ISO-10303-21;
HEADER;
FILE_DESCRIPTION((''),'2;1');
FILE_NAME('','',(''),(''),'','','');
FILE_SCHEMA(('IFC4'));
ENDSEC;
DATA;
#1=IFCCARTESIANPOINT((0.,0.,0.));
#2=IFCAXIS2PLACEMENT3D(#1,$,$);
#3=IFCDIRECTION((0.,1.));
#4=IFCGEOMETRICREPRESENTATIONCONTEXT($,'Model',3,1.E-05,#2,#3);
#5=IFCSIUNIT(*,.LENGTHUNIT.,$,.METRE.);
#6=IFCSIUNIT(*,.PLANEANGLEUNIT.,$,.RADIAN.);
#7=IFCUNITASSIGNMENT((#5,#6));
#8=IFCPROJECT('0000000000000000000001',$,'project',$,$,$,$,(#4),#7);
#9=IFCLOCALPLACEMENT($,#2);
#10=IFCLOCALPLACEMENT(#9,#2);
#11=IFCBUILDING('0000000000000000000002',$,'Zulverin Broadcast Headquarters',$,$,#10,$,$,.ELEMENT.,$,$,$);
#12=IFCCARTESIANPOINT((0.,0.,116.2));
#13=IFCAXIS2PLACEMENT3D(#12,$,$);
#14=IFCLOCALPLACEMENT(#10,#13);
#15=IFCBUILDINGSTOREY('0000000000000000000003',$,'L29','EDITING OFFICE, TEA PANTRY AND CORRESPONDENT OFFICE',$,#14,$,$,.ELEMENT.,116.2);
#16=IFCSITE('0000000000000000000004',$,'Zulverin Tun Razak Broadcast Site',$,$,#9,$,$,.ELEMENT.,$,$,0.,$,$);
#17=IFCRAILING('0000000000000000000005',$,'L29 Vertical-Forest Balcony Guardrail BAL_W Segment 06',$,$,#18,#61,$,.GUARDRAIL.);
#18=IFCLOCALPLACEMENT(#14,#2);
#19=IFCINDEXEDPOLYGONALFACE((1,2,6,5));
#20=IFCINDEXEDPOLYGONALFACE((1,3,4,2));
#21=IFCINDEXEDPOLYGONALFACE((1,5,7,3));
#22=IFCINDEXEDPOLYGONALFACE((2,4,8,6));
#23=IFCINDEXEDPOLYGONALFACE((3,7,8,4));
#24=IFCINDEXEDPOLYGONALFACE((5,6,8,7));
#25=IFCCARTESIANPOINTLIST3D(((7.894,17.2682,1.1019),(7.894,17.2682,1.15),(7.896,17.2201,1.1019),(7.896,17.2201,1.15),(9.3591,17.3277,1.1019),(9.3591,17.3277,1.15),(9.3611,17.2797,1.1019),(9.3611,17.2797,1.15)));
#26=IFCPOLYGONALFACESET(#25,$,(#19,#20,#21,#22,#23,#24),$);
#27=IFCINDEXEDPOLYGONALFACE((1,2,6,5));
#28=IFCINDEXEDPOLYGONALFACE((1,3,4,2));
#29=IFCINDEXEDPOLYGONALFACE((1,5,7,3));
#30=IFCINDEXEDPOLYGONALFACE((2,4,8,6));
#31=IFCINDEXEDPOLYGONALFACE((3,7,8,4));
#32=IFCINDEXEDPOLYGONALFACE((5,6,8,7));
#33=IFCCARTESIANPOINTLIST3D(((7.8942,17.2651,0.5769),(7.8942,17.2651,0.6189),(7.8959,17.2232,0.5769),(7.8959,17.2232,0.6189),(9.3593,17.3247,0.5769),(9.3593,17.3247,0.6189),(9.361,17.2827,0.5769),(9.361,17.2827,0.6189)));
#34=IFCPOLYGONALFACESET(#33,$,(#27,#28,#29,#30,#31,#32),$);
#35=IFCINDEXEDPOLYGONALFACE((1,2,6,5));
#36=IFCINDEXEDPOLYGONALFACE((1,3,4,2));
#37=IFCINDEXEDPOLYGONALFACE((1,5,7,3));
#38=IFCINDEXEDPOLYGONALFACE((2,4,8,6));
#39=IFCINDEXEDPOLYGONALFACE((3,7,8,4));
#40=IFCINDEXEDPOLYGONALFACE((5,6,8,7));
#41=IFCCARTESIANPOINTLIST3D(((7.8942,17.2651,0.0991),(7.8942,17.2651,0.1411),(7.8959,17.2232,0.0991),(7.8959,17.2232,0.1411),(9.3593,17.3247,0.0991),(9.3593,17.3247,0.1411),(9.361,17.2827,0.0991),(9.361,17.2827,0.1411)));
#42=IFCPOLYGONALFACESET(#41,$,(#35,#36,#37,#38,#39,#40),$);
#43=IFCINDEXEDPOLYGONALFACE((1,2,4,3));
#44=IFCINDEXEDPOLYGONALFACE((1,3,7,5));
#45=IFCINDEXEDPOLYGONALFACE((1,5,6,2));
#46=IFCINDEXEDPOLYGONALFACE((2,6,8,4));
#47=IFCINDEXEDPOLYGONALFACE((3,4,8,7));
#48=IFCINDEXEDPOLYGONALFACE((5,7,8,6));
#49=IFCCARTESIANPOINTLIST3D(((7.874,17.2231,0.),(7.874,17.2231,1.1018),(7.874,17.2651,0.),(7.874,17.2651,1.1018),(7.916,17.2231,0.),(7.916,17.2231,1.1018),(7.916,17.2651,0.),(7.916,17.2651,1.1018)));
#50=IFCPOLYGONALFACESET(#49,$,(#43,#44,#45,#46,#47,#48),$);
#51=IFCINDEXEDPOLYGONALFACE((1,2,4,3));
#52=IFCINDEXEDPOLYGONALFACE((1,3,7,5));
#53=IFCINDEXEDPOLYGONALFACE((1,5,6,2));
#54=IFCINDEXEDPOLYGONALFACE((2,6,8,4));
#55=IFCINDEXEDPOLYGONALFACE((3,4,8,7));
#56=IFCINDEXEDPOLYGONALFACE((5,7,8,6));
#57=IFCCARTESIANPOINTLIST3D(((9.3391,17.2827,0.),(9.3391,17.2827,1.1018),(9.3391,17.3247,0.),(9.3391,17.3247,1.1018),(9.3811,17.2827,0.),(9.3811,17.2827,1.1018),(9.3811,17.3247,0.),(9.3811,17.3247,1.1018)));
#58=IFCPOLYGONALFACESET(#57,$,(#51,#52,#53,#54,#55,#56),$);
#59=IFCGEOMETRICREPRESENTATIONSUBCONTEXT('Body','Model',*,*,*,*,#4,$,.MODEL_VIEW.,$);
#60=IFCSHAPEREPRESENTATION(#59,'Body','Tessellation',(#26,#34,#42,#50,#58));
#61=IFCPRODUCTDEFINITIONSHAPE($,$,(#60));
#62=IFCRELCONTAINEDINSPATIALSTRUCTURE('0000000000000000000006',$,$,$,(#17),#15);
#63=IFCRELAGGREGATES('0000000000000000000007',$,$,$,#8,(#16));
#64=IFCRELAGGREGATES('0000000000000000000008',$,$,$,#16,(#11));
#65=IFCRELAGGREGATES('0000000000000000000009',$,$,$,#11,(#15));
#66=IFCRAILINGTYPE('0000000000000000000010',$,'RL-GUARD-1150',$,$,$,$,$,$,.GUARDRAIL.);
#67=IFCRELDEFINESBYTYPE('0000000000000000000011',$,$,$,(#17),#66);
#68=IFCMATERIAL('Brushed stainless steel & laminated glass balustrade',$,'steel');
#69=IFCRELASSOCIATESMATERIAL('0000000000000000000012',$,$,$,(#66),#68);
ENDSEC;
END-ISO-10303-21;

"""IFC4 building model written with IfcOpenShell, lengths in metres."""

from ifc_helpers import new_model, si_unit, direction, frame, origin, origin_2d, place, context, subcontext, project, spatial, rectangle, extrude, material, type_object, element, save


model = new_model("IFC4")

# Units and contexts
model_context = context("Model", 3, precision=1e-05, world=origin(), true_north=direction((0.0, 1.0)))
body_context = subcontext(model_context, "Body", "Model", "MODEL_VIEW")
ifc_project = project(units=[si_unit("LENGTHUNIT", "METRE"), si_unit("PLANEANGLEUNIT", "RADIAN")], contexts=[model_context])

# Site, building, storey
site_placement = place(None, origin())
site = spatial("IfcSite", under=ifc_project, at=site_placement, Name="Zulverin Tun Razak Broadcast Site", CompositionType="ELEMENT", RefElevation=0.0)
building_placement = place(site_placement, origin())
building = spatial("IfcBuilding", under=site, at=building_placement, Name="Zulverin Broadcast Headquarters", CompositionType="ELEMENT")
storey_placement = place(building_placement, frame((0.0, 0.0, 116.2)))
storey = spatial("IfcBuildingStorey", under=building, at=storey_placement, Name="L29", Description="EDITING OFFICE, TEA PANTRY AND CORRESPONDENT OFFICE", CompositionType="ELEMENT", Elevation=116.2)

# Railing
ifc_material_1 = material(Name="Brushed stainless steel & laminated glass balustrade", Category="steel")
railing_type = type_object("IfcRailingType", Name="RL-GUARD-1150", PredefinedType="GUARDRAIL", material=ifc_material_1)
railing_1_placement = place(storey_placement, frame((7.895, 17.2441, 0.0)))
element("IfcRailing", 1, at=railing_1_placement, inside=storey, type_object=railing_type, Name="L29 Vertical-Forest Balcony Guardrail BAL_W Segment 06", PredefinedType="GUARDRAIL", context=body_context, shape_type="SweptSolid", body=[
    extrude(rectangle(XDim=0.0481, YDim=0.0481, at=origin_2d()), frame((0.0, 0.0, 1.126), z_axis=(0.999174, 0.040626, 0.0), x_axis=(-0.040626, 0.999174, 0.0)), (0.0, 0.0, 1.0), 1.4663),
    extrude(rectangle(XDim=0.042, YDim=0.042, at=origin_2d()), frame((0.0, 0.0, 0.5979), z_axis=(0.999174, 0.040626, 0.0), x_axis=(-0.040626, 0.999174, 0.0)), (0.0, 0.0, 1.0), 1.4663),
    extrude(rectangle(XDim=0.042, YDim=0.042, at=origin_2d()), frame((0.0, 0.0, 0.1201), z_axis=(0.999174, 0.040626, 0.0), x_axis=(-0.040626, 0.999174, 0.0)), (0.0, 0.0, 1.0), 1.4663),
    extrude(rectangle(XDim=0.042, YDim=0.042, at=origin_2d()), origin(), (0.0, 0.0, 1.0), 1.1018),
    extrude(rectangle(XDim=0.042, YDim=0.042, at=origin_2d()), frame((1.4651, 0.0596, 0.0)), (0.0, 0.0, 1.0), 1.1018),
])

save(model, "model.ifc")
